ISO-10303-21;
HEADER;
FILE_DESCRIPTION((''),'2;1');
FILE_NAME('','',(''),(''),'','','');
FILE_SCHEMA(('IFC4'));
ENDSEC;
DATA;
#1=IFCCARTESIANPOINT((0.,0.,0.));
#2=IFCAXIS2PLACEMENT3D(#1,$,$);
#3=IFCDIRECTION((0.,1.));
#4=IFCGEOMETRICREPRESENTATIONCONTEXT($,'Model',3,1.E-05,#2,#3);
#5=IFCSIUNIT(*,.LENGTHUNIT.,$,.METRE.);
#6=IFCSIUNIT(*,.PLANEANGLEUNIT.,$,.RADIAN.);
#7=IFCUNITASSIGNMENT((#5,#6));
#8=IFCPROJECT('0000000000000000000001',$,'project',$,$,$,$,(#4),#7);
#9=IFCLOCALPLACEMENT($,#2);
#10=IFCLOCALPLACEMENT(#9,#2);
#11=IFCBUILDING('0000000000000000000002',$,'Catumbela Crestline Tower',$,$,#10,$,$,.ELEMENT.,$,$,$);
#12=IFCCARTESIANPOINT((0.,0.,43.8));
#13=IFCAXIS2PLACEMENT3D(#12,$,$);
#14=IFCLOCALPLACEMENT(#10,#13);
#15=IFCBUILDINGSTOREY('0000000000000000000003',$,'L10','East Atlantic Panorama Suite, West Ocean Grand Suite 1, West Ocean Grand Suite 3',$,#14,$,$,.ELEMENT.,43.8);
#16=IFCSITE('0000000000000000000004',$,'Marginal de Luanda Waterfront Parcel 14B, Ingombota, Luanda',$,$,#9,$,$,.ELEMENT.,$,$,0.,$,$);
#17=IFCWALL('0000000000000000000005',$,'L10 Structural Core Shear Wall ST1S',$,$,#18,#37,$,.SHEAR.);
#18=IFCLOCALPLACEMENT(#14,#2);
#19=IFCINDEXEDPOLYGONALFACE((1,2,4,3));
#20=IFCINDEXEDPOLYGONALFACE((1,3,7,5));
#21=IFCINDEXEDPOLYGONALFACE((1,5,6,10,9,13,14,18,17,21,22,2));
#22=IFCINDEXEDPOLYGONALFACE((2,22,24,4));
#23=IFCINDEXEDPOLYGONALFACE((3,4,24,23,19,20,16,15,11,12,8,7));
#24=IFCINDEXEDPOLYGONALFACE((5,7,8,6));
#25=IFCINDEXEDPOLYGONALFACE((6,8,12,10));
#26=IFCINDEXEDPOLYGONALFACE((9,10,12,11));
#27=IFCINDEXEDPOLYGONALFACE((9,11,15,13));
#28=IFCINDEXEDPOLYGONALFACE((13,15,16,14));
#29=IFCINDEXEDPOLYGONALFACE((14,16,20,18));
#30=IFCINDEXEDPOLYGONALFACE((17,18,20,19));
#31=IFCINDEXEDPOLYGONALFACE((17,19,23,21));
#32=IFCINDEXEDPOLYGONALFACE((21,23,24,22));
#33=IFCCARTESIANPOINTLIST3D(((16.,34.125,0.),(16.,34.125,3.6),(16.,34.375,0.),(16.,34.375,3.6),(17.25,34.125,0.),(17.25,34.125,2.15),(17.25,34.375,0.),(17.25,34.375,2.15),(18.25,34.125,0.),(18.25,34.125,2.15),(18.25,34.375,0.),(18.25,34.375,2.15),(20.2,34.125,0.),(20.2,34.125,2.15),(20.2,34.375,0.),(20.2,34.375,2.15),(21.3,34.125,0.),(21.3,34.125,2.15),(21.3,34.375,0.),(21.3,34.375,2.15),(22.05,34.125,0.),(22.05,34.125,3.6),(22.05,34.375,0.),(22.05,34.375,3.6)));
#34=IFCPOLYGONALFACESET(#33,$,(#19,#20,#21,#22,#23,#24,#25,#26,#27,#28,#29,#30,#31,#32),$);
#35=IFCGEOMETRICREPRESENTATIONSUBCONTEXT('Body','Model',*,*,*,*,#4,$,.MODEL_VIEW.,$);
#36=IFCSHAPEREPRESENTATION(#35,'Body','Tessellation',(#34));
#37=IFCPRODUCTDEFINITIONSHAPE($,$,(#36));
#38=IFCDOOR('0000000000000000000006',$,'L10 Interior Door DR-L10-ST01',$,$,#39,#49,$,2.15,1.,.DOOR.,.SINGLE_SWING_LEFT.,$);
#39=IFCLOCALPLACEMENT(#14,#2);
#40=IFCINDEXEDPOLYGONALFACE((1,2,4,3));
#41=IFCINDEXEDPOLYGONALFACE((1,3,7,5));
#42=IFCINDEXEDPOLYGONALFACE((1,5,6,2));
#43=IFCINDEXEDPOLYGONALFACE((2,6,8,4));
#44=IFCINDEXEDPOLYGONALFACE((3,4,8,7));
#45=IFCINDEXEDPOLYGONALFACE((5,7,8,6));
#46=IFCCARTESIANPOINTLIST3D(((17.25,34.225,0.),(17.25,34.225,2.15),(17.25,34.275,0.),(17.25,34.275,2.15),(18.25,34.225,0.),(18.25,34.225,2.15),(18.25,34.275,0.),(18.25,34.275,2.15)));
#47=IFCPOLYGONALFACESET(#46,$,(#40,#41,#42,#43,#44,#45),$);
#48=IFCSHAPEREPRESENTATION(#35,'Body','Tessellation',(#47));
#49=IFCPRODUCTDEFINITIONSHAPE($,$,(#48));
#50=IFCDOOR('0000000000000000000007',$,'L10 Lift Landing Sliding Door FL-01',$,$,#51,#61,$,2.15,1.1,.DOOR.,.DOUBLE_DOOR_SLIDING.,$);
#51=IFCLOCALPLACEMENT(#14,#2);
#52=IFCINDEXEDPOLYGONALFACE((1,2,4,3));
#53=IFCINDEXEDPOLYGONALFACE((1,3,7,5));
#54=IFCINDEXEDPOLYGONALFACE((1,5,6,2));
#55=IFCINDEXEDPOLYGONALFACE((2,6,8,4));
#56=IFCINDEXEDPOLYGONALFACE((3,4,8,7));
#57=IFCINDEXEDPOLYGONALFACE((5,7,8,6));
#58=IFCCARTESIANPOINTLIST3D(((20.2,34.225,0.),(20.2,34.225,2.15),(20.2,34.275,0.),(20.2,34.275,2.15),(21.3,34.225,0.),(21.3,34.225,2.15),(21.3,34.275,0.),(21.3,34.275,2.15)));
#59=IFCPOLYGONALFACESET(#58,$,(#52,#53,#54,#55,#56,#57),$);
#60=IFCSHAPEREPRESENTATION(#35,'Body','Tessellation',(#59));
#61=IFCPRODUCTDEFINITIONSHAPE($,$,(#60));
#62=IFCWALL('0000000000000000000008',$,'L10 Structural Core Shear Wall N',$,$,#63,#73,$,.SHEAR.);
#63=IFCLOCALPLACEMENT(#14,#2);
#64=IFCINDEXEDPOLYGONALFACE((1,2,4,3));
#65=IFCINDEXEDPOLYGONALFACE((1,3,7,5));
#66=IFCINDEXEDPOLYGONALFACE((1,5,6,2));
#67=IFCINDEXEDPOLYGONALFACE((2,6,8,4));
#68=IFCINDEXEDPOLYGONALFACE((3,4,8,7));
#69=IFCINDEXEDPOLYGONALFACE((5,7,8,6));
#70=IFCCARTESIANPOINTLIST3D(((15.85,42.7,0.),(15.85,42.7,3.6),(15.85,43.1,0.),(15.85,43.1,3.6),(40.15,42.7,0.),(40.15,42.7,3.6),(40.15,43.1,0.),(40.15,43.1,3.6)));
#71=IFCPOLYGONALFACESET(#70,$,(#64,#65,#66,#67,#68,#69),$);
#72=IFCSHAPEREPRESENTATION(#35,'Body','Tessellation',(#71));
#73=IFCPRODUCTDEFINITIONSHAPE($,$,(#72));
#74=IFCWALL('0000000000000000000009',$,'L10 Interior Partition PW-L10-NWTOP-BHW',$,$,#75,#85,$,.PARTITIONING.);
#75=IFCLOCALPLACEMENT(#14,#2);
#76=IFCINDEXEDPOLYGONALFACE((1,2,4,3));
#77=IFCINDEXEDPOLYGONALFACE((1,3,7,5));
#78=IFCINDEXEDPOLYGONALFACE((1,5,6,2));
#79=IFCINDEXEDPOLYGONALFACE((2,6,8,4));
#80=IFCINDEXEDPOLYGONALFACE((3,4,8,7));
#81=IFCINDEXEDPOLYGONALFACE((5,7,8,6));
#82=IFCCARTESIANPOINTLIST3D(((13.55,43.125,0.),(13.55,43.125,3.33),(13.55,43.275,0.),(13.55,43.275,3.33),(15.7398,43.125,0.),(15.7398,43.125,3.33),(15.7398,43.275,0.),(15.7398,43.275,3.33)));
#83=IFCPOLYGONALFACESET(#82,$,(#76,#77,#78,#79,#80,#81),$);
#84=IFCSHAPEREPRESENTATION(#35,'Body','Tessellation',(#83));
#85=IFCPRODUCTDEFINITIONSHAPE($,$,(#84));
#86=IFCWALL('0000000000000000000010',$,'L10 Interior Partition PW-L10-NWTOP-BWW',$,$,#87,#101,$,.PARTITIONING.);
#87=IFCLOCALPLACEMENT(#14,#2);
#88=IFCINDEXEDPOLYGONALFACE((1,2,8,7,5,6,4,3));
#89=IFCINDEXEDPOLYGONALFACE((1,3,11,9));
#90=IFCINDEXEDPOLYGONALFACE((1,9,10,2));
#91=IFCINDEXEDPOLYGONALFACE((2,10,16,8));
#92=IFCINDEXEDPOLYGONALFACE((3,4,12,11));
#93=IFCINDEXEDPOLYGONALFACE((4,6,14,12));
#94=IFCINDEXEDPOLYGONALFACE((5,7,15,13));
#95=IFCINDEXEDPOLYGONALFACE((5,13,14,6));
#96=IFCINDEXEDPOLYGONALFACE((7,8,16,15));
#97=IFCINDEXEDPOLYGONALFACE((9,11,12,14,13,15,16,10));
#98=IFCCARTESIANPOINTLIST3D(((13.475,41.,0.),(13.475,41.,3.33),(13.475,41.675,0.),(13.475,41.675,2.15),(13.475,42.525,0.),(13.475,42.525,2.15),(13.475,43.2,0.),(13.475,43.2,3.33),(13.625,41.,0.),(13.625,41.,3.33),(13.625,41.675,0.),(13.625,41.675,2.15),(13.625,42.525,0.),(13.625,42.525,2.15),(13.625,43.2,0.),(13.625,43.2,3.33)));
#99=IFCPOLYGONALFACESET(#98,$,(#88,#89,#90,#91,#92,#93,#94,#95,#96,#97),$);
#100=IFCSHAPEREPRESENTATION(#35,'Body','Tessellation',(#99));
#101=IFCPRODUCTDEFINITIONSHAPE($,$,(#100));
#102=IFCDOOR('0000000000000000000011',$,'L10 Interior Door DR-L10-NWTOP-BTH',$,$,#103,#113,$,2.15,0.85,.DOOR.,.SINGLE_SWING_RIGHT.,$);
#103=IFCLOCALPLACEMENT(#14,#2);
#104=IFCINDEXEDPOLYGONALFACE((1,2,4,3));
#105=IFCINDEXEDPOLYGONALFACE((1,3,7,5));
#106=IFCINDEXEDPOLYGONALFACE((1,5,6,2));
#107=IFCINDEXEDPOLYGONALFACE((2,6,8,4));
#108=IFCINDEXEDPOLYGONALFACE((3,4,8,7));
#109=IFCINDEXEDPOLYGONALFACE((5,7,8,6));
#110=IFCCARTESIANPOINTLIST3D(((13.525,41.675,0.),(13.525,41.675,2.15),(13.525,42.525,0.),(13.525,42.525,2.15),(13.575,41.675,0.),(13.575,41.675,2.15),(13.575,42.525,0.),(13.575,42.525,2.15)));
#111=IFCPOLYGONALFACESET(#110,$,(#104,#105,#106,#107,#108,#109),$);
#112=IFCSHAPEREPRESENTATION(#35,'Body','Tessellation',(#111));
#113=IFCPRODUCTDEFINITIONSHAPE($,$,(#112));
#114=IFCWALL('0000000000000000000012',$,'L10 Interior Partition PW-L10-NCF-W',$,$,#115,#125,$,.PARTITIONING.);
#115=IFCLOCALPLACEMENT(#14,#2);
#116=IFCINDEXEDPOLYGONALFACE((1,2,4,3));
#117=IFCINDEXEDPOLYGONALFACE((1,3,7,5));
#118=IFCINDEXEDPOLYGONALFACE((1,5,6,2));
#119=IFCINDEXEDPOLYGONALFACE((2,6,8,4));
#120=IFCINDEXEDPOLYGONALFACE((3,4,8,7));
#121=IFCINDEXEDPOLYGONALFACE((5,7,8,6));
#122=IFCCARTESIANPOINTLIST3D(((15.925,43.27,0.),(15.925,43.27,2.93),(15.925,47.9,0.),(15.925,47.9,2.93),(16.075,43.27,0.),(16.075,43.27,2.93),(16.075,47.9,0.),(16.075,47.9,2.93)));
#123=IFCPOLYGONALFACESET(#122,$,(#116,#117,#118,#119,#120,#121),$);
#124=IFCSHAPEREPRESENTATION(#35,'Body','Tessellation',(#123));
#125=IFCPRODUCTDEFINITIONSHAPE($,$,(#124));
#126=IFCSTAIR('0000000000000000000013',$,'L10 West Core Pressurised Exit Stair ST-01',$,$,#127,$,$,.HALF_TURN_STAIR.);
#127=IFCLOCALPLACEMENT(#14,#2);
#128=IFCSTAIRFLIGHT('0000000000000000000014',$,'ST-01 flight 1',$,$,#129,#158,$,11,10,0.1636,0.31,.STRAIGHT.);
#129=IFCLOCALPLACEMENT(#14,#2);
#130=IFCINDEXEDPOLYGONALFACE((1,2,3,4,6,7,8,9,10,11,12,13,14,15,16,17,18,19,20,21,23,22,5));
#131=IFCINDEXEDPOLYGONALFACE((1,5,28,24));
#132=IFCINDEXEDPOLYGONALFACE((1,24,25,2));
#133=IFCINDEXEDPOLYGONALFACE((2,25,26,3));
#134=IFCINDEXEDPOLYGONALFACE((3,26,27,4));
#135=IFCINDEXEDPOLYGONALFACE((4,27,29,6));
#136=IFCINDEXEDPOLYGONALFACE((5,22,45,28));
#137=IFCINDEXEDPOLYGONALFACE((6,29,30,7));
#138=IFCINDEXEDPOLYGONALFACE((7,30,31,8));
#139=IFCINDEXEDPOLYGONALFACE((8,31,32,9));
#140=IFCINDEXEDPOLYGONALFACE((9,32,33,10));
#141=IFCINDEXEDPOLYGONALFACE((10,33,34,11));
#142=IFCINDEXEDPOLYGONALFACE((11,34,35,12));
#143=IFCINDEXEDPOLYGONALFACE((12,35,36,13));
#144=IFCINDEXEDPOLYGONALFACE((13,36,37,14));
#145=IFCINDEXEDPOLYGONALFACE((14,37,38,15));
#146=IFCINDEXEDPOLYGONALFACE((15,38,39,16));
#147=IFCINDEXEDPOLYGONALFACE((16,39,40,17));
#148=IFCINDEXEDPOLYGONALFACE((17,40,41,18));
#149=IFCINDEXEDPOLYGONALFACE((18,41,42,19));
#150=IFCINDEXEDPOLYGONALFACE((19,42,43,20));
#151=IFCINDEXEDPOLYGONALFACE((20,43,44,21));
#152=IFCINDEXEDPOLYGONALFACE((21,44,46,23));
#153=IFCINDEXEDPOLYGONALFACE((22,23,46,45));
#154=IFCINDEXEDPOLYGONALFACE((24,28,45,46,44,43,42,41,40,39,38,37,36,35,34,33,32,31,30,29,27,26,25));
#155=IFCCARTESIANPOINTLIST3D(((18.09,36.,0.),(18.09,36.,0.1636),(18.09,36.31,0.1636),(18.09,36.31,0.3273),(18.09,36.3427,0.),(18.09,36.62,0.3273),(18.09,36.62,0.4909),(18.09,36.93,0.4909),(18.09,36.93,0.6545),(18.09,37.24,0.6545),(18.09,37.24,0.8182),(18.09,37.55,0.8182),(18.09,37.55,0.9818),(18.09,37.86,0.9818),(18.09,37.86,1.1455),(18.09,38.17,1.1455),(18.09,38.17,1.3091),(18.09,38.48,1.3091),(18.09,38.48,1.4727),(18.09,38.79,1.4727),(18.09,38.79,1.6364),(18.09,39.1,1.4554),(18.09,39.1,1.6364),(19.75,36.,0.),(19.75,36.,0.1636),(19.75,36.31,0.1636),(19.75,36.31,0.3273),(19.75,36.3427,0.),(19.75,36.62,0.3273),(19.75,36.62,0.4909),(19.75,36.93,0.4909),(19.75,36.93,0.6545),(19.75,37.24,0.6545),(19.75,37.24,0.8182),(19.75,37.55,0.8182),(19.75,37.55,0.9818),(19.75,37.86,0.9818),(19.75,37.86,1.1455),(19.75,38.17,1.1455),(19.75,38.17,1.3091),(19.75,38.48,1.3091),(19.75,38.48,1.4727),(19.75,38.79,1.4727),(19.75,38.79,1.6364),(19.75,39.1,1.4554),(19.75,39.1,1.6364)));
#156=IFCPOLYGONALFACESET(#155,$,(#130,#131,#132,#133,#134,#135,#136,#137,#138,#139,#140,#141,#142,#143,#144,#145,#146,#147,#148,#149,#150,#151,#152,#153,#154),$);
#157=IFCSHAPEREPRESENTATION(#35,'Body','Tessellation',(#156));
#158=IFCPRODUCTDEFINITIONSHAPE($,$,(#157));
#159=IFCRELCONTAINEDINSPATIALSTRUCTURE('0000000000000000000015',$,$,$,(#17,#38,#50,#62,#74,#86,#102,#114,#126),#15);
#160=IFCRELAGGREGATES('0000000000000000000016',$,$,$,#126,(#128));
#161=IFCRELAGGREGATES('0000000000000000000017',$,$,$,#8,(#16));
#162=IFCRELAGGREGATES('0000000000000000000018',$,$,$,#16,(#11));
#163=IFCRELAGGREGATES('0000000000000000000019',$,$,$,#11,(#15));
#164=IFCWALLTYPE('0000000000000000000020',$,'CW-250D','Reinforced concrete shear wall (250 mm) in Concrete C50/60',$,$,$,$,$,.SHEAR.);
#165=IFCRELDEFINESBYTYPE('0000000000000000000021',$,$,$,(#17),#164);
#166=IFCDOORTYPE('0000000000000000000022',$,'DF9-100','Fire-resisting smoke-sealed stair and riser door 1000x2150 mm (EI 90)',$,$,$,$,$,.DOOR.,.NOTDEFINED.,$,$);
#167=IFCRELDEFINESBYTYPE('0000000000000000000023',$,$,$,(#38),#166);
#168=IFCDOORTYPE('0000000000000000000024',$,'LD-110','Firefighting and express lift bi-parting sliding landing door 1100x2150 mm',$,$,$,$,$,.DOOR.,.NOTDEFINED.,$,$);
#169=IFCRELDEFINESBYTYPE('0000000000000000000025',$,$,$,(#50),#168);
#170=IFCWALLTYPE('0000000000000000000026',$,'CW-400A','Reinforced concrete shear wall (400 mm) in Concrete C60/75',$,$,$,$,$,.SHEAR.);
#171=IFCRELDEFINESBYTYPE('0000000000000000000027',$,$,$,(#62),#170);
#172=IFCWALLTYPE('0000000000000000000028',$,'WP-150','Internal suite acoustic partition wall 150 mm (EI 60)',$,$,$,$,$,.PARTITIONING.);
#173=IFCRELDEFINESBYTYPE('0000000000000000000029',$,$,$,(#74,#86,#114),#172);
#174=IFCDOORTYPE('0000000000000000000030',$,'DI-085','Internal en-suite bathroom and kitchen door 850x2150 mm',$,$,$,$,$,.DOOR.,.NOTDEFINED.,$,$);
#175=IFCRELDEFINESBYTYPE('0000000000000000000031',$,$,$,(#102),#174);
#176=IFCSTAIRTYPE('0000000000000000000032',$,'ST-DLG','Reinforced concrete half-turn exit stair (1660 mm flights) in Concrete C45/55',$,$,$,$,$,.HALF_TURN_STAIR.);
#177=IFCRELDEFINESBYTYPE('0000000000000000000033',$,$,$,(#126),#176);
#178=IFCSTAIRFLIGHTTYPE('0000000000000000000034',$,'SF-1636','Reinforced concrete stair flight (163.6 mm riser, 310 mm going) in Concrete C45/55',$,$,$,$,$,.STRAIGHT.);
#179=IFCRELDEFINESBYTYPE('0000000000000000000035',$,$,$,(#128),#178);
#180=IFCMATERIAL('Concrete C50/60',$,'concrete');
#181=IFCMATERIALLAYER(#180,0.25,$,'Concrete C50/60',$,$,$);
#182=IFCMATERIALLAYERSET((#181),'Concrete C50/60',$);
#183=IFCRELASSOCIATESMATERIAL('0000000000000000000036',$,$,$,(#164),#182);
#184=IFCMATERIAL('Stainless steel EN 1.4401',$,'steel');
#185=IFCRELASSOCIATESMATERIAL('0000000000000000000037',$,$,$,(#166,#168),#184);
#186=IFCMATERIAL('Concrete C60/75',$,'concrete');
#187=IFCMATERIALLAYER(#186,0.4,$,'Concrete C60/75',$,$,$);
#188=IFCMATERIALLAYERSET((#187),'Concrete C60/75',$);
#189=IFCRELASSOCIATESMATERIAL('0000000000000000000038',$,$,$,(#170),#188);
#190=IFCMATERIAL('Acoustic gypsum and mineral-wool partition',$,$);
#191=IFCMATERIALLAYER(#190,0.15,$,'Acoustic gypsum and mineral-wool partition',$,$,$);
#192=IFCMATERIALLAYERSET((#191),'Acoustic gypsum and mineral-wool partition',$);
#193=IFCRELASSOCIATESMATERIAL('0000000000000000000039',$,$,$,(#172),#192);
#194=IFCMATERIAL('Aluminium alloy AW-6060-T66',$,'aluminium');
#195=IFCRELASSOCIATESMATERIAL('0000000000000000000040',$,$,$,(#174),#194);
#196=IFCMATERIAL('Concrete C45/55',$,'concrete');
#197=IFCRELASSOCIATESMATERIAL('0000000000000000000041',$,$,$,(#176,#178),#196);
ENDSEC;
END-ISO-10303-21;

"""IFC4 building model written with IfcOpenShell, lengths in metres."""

from ifc_helpers import new_model, si_unit, direction, frame, frame_2d, origin, place, context, subcontext, project, spatial, polyline, rectangle, outline, extrude, material, layer, layer_set, type_object, element, fill, aggregate, save


model = new_model("IFC4")

# Units and contexts
model_context = context("Model", 3, precision=1e-05, world=origin(), true_north=direction((0.0, 1.0)))
body_context = subcontext(model_context, "Body", "Model", "MODEL_VIEW")
ifc_project = project(units=[si_unit("LENGTHUNIT", "METRE"), si_unit("PLANEANGLEUNIT", "RADIAN")], contexts=[model_context])

# Site, building, storey
site_placement = place(None, origin())
site = spatial("IfcSite", under=ifc_project, at=site_placement, Name="Marginal de Luanda Waterfront Parcel 14B, Ingombota, Luanda", CompositionType="ELEMENT", RefElevation=0.0)
building_placement = place(site_placement, origin())
building = spatial("IfcBuilding", under=site, at=building_placement, Name="Catumbela Crestline Tower", CompositionType="ELEMENT")
storey_placement = place(building_placement, frame((0.0, 0.0, 43.8)))
storey = spatial("IfcBuildingStorey", under=building, at=storey_placement, Name="L10", Description="East Atlantic Panorama Suite, West Ocean Grand Suite 1, West Ocean Grand Suite 3", CompositionType="ELEMENT", Elevation=43.8)

# Shared definitions
ifc_material_1 = material(Name="Aluminium alloy AW-6060-T66", Category="aluminium")

# Wall, openings, doors
ifc_material_2 = material(Name="Concrete C50/60", Category="concrete")
ifc_layer_1 = layer(ifc_material_2, 0.25, Name="Concrete C50/60")
ifc_layer_set_1 = layer_set([ifc_layer_1], Name="Concrete C50/60")
wall_type_1 = type_object("IfcWallType", Name="CW-250D", Description="Reinforced concrete shear wall (250 mm) in Concrete C50/60", PredefinedType="SHEAR", material=ifc_layer_set_1)
wall_1_placement = place(storey_placement, frame((16.0, 34.25, 0.0), z_axis=(0.0, 0.0, 1.0), x_axis=(1.0, 0.0, 0.0)))
wall_1 = element("IfcWall", 1, at=wall_1_placement, inside=storey, type_object=wall_type_1, Name="L10 Structural Core Shear Wall ST1S", PredefinedType="SHEAR", context=body_context, shape_type="SweptSolid", body=[
    extrude(rectangle(XDim=6.05, YDim=0.25, at=frame_2d((3.025, 0.0))), origin(), (0.0, 0.0, 1.0), 3.6),
])
opening_1_placement = place(wall_1_placement, frame((1.25, 0.0, 0.0)))
opening_1 = element("IfcOpeningElement", 2, at=opening_1_placement, cuts=wall_1, PredefinedType="OPENING", context=body_context, shape_type="SweptSolid", body=[
    extrude(rectangle(XDim=1.0, YDim=2.15, at=frame_2d((0.5, 1.075))), frame((0.0, 0.135, 0.0), z_axis=(0.0, -1.0, 0.0), x_axis=(1.0, 0.0, 0.0)), (0.0, 0.0, 1.0), 0.27),
])
opening_2_placement = place(wall_1_placement, frame((4.2, 0.0, 0.0)))
opening_2 = element("IfcOpeningElement", 3, at=opening_2_placement, cuts=wall_1, PredefinedType="OPENING", context=body_context, shape_type="SweptSolid", body=[
    extrude(rectangle(XDim=1.1, YDim=2.15, at=frame_2d((0.55, 1.075))), frame((0.0, 0.135, 0.0), z_axis=(0.0, -1.0, 0.0), x_axis=(1.0, 0.0, 0.0)), (0.0, 0.0, 1.0), 0.27),
])
ifc_material_3 = material(Name="Stainless steel EN 1.4401", Category="steel")
door_type_1 = type_object("IfcDoorType", Name="DF9-100", Description="Fire-resisting smoke-sealed stair and riser door 1000x2150 mm (EI 90)", OperationType="NOTDEFINED", PredefinedType="DOOR", material=ifc_material_3)
door_1_placement = place(opening_1_placement, origin())
door_1 = element("IfcDoor", 4, at=door_1_placement, inside=storey, type_object=door_type_1, Name="L10 Interior Door DR-L10-ST01", OperationType="SINGLE_SWING_LEFT", OverallHeight=2.15, OverallWidth=1.0, PredefinedType="DOOR", context=body_context, shape_type="SweptSolid", body=[
    extrude(rectangle(XDim=1.0, YDim=2.15, at=frame_2d((0.5, 1.075))), frame((0.0, 0.025, 0.0), z_axis=(0.0, -1.0, 0.0), x_axis=(1.0, 0.0, 0.0)), (0.0, 0.0, 1.0), 0.05),
])
fill(opening_1, door_1)
door_type_2 = type_object("IfcDoorType", Name="LD-110", Description="Firefighting and express lift bi-parting sliding landing door 1100x2150 mm", OperationType="NOTDEFINED", PredefinedType="DOOR", material=ifc_material_3)
door_2_placement = place(opening_2_placement, origin())
door_2 = element("IfcDoor", 5, at=door_2_placement, inside=storey, type_object=door_type_2, Name="L10 Lift Landing Sliding Door FL-01", OperationType="DOUBLE_DOOR_SLIDING", OverallHeight=2.15, OverallWidth=1.1, PredefinedType="DOOR", context=body_context, shape_type="SweptSolid", body=[
    extrude(rectangle(XDim=1.1, YDim=2.15, at=frame_2d((0.55, 1.075))), frame((0.0, 0.025, 0.0), z_axis=(0.0, -1.0, 0.0), x_axis=(1.0, 0.0, 0.0)), (0.0, 0.0, 1.0), 0.05),
])
fill(opening_2, door_2)

# Walls
ifc_material_4 = material(Name="Concrete C60/75", Category="concrete")
ifc_layer_2 = layer(ifc_material_4, 0.4, Name="Concrete C60/75")
ifc_layer_set_2 = layer_set([ifc_layer_2], Name="Concrete C60/75")
wall_type_2 = type_object("IfcWallType", Name="CW-400A", Description="Reinforced concrete shear wall (400 mm) in Concrete C60/75", PredefinedType="SHEAR", material=ifc_layer_set_2)
wall_2_placement = place(storey_placement, frame((15.85, 42.9, 0.0), z_axis=(0.0, 0.0, 1.0), x_axis=(1.0, 0.0, 0.0)))
element("IfcWall", 6, at=wall_2_placement, inside=storey, type_object=wall_type_2, Name="L10 Structural Core Shear Wall N", PredefinedType="SHEAR", context=body_context, shape_type="SweptSolid", body=[
    extrude(rectangle(XDim=24.3, YDim=0.4, at=frame_2d((12.15, 0.0))), origin(), (0.0, 0.0, 1.0), 3.6),
])
ifc_material_5 = material(Name="Acoustic gypsum and mineral-wool partition")
ifc_layer_3 = layer(ifc_material_5, 0.15, Name="Acoustic gypsum and mineral-wool partition")
ifc_layer_set_3 = layer_set([ifc_layer_3], Name="Acoustic gypsum and mineral-wool partition")
wall_type_3 = type_object("IfcWallType", Name="WP-150", Description="Internal suite acoustic partition wall 150 mm (EI 60)", PredefinedType="PARTITIONING", material=ifc_layer_set_3)
wall_3_placement = place(storey_placement, frame((13.55, 43.2, 0.0), z_axis=(0.0, 0.0, 1.0), x_axis=(1.0, 0.0, 0.0)))
element("IfcWall", 7, at=wall_3_placement, inside=storey, type_object=wall_type_3, Name="L10 Interior Partition PW-L10-NWTOP-BHW", PredefinedType="PARTITIONING", context=body_context, shape_type="SweptSolid", body=[
    extrude(rectangle(XDim=2.1897, YDim=0.15, at=frame_2d((1.0949, 0.0))), origin(), (0.0, 0.0, 1.0), 3.33),
])

# Wall, opening, door
wall_4_placement = place(storey_placement, frame((13.55, 41.0, 0.0), z_axis=(0.0, 0.0, 1.0), x_axis=(0.0, 1.0, 0.0)))
wall_4 = element("IfcWall", 8, at=wall_4_placement, inside=storey, type_object=wall_type_3, Name="L10 Interior Partition PW-L10-NWTOP-BWW", PredefinedType="PARTITIONING", context=body_context, shape_type="SweptSolid", body=[
    extrude(rectangle(XDim=2.2, YDim=0.15, at=frame_2d((1.1, 0.0))), origin(), (0.0, 0.0, 1.0), 3.33),
])
opening_3_placement = place(wall_4_placement, frame((0.675, 0.0, 0.0)))
opening_3 = element("IfcOpeningElement", 9, at=opening_3_placement, cuts=wall_4, PredefinedType="OPENING", context=body_context, shape_type="SweptSolid", body=[
    extrude(rectangle(XDim=0.85, YDim=2.15, at=frame_2d((0.425, 1.075))), frame((0.0, 0.085, 0.0), z_axis=(0.0, -1.0, 0.0), x_axis=(1.0, 0.0, 0.0)), (0.0, 0.0, 1.0), 0.17),
])
door_type_3 = type_object("IfcDoorType", Name="DI-085", Description="Internal en-suite bathroom and kitchen door 850x2150 mm", OperationType="NOTDEFINED", PredefinedType="DOOR", material=ifc_material_1)
door_3_placement = place(opening_3_placement, origin())
door_3 = element("IfcDoor", 10, at=door_3_placement, inside=storey, type_object=door_type_3, Name="L10 Interior Door DR-L10-NWTOP-BTH", OperationType="SINGLE_SWING_RIGHT", OverallHeight=2.15, OverallWidth=0.85, PredefinedType="DOOR", context=body_context, shape_type="SweptSolid", body=[
    extrude(rectangle(XDim=0.85, YDim=2.15, at=frame_2d((0.425, 1.075))), frame((0.0, 0.025, 0.0), z_axis=(0.0, -1.0, 0.0), x_axis=(1.0, 0.0, 0.0)), (0.0, 0.0, 1.0), 0.05),
])
fill(opening_3, door_3)

# Wall
wall_5_placement = place(storey_placement, frame((16.0, 43.27, 0.0), z_axis=(0.0, 0.0, 1.0), x_axis=(0.0, 1.0, 0.0)))
element("IfcWall", 11, at=wall_5_placement, inside=storey, type_object=wall_type_3, Name="L10 Interior Partition PW-L10-NCF-W", PredefinedType="PARTITIONING", context=body_context, shape_type="SweptSolid", body=[
    extrude(rectangle(XDim=4.63, YDim=0.15, at=frame_2d((2.315, 0.0))), origin(), (0.0, 0.0, 1.0), 2.93),
])

# Stair, stair flight
ifc_material_6 = material(Name="Concrete C45/55", Category="concrete")
stair_type = type_object("IfcStairType", Name="ST-DLG", Description="Reinforced concrete half-turn exit stair (1660 mm flights) in Concrete C45/55", PredefinedType="HALF_TURN_STAIR", material=ifc_material_6)
stair_placement = place(storey_placement, origin())
stair = element("IfcStair", 12, at=stair_placement, inside=storey, type_object=stair_type, Name="L10 West Core Pressurised Exit Stair ST-01", PredefinedType="HALF_TURN_STAIR")
stair_flight_type = type_object("IfcStairFlightType", Name="SF-1636", Description="Reinforced concrete stair flight (163.6 mm riser, 310 mm going) in Concrete C45/55", PredefinedType="STRAIGHT", material=ifc_material_6)
stair_flight_1_placement = place(storey_placement, frame((18.92, 36.0, 0.0), z_axis=(0.0, 0.0, 1.0), x_axis=(0.0, 1.0, 0.0)))
stair_flight_1 = element("IfcStairFlight", 13, at=stair_flight_1_placement, type_object=stair_flight_type, Name="ST-01 flight 1", NumberOfRisers=11, NumberOfTreads=10, PredefinedType="STRAIGHT", RiserHeight=0.1636, TreadLength=0.31, context=body_context, shape_type="SweptSolid", body=[
    extrude(outline(polyline([(0.0, 0.0), (0.0, 0.1636), (0.31, 0.1636), (0.31, 0.3273), (0.62, 0.3273), (0.62, 0.4909), (0.93, 0.4909), (0.93, 0.6545), (1.24, 0.6545), (1.24, 0.8182), (1.55, 0.8182), (1.55, 0.9818), (1.86, 0.9818), (1.86, 1.1455), (2.17, 1.1455), (2.17, 1.3091), (2.48, 1.3091), (2.48, 1.4727), (2.79, 1.4727), (2.79, 1.6364), (3.1, 1.6364), (3.1, 1.8), (3.1, 1.4554), (0.3427, 0.0), (0.0, 0.0)])), frame((0.0, 0.83, 0.0), z_axis=(0.0, -1.0, 0.0), x_axis=(1.0, 0.0, 0.0)), (0.0, 0.0, 1.0), 1.66),
])
aggregate(stair, [stair_flight_1])

save(model, "model.ifc")
